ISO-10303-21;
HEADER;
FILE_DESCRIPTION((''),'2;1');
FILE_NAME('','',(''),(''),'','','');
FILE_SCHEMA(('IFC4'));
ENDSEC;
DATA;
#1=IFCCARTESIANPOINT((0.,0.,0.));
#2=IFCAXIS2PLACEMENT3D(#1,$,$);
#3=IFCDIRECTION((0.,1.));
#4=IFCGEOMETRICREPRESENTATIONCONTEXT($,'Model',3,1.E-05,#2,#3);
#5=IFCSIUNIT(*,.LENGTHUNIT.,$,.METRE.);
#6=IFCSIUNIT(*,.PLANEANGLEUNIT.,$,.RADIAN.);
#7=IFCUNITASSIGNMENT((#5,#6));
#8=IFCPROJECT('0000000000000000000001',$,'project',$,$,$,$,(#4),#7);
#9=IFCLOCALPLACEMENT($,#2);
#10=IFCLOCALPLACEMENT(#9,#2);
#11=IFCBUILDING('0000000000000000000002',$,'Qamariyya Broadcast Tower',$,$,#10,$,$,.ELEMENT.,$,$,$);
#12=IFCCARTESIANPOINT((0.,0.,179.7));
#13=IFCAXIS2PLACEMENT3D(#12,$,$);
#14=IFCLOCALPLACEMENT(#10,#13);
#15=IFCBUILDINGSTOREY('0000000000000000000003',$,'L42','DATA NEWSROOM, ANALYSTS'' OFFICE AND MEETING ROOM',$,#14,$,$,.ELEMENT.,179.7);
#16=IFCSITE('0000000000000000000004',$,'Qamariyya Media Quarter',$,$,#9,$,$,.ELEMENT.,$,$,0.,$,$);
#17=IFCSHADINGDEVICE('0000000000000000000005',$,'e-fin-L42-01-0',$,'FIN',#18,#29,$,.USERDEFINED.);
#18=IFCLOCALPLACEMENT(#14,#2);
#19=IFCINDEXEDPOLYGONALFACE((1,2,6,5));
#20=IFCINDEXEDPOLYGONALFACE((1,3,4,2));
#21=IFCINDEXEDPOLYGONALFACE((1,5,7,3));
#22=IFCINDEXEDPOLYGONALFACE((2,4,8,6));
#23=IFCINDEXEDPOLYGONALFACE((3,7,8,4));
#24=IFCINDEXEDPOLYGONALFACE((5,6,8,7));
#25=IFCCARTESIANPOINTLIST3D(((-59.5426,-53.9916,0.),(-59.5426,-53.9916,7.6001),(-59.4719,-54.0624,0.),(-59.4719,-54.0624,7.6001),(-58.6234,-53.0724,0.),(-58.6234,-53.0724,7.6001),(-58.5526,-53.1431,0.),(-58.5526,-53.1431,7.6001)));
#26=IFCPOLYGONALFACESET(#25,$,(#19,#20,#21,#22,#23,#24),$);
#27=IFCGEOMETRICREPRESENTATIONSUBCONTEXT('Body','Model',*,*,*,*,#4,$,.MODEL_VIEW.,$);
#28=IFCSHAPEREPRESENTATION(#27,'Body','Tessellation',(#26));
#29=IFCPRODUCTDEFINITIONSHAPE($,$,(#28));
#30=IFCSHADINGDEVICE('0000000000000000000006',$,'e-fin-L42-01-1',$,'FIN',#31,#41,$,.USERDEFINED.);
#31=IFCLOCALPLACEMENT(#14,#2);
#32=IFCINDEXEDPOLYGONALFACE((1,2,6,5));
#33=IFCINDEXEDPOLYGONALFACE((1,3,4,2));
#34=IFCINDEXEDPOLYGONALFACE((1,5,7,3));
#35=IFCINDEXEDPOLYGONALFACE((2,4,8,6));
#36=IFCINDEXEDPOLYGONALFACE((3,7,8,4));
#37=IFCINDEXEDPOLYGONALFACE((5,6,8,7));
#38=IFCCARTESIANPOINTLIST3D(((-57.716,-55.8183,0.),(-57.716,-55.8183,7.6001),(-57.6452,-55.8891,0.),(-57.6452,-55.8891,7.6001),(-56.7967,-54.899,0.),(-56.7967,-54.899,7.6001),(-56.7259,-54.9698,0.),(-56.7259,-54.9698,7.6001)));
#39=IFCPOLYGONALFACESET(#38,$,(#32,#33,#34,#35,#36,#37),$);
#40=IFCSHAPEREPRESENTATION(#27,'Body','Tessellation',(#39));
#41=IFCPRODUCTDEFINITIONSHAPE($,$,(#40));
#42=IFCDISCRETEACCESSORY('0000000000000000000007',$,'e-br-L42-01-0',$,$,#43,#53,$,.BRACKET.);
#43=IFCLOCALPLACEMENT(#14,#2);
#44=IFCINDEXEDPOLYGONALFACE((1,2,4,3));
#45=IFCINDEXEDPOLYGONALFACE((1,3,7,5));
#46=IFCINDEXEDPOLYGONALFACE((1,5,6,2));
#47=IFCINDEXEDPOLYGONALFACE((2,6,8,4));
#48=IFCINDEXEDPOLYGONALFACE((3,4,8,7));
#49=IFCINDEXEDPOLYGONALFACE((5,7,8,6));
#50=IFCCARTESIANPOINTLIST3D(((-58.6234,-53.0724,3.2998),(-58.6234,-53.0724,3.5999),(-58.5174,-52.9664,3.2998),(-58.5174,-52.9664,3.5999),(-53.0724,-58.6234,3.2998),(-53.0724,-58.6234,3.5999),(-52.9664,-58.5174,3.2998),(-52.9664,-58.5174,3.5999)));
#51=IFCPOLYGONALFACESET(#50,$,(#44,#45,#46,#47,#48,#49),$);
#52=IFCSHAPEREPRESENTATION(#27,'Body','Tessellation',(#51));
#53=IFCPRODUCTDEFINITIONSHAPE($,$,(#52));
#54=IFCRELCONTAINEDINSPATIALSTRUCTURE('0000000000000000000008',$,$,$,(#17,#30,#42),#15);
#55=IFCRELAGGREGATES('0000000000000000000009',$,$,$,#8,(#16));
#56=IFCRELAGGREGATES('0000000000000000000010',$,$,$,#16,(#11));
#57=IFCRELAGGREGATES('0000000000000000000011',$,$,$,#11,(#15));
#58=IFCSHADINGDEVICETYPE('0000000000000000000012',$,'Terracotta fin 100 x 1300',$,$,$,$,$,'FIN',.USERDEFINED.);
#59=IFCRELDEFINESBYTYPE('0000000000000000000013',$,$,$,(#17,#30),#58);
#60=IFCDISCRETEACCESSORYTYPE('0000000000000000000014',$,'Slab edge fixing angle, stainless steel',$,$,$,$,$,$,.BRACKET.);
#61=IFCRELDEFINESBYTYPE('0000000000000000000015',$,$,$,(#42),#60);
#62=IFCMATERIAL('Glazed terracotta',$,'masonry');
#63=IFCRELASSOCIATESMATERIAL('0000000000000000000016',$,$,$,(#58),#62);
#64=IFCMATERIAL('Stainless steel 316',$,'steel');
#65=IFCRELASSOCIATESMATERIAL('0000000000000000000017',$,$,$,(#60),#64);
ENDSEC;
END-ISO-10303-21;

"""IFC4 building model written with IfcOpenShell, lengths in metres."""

from ifc_helpers import new_model, si_unit, direction, frame, origin, origin_2d, place, context, subcontext, project, spatial, rectangle, extrude, material, material_profile, profile_set, type_object, element, save


model = new_model("IFC4")

# Units and contexts
model_context = context("Model", 3, precision=1e-05, world=origin(), true_north=direction((0.0, 1.0)))
body_context = subcontext(model_context, "Body", "Model", "MODEL_VIEW")
ifc_project = project(units=[si_unit("LENGTHUNIT", "METRE"), si_unit("PLANEANGLEUNIT", "RADIAN")], contexts=[model_context])

# Site, building, storey
site_placement = place(None, origin())
site = spatial("IfcSite", under=ifc_project, at=site_placement, Name="Qamariyya Media Quarter", CompositionType="ELEMENT", RefElevation=0.0)
building_placement = place(site_placement, origin())
building = spatial("IfcBuilding", under=site, at=building_placement, Name="Qamariyya Broadcast Tower", CompositionType="ELEMENT")
storey_placement = place(building_placement, frame((0.0, 0.0, 179.7)))
storey = spatial("IfcBuildingStorey", under=building, at=storey_placement, Name="L42", Description="DATA NEWSROOM, ANALYSTS' OFFICE AND MEETING ROOM", CompositionType="ELEMENT", Elevation=179.7)

# Shading devices
ifc_material_1 = material(Name="Glazed terracotta", Category="masonry")
ifc_material_profile_1 = material_profile(ifc_material_1, rectangle(XDim=1.3, YDim=0.1001, at=origin_2d()))
ifc_profile_set_1 = profile_set([ifc_material_profile_1], Name="Glazed terracotta")
shading_device_type_1 = type_object("IfcShadingDeviceType", Name="Terracotta fin 100 x 1300", ElementType="FIN", PredefinedType="USERDEFINED", material=ifc_profile_set_1)
for number, where, z_axis, x_axis, name in (
    (1, (-59.0476, -53.5674, 0.0), (0.0, 0.0, 1.0), (-0.707107, -0.707107, 0.0), "e-fin-L42-01-0"),
    (2, (-57.2209, -55.394, 0.0), (0.0, 0.0, 1.0), (-0.707107, -0.707107, 0.0), "e-fin-L42-01-1"),
):
    element("IfcShadingDevice", number, at=place(storey_placement, frame(where, z_axis=z_axis, x_axis=x_axis)), inside=storey, type_object=shading_device_type_1, Name=name, ObjectType="FIN", PredefinedType="USERDEFINED", context=body_context, shape_type="SweptSolid", body=[
        extrude(rectangle(XDim=1.3, YDim=0.1001, at=origin_2d()), origin(), (0.0, 0.0, 1.0), 7.6001),
    ])

# Discrete accessory
ifc_material_2 = material(Name="Stainless steel 316", Category="steel")
discrete_accessory_type = type_object("IfcDiscreteAccessoryType", Name="Slab edge fixing angle, stainless steel", PredefinedType="BRACKET", material=ifc_material_2)
discrete_accessory_placement = place(storey_placement, frame((-55.7949, -55.7949, 3.2998), z_axis=(0.0, 0.0, 1.0), x_axis=(0.707107, -0.707107, 0.0)))
element("IfcDiscreteAccessory", 3, at=discrete_accessory_placement, inside=storey, type_object=discrete_accessory_type, Name="e-br-L42-01-0", PredefinedType="BRACKET", context=body_context, shape_type="SweptSolid", body=[
    extrude(rectangle(XDim=7.8503, YDim=0.1499, at=origin_2d()), origin(), (0.0, 0.0, 1.0), 0.3),
])

save(model, "model.ifc")
